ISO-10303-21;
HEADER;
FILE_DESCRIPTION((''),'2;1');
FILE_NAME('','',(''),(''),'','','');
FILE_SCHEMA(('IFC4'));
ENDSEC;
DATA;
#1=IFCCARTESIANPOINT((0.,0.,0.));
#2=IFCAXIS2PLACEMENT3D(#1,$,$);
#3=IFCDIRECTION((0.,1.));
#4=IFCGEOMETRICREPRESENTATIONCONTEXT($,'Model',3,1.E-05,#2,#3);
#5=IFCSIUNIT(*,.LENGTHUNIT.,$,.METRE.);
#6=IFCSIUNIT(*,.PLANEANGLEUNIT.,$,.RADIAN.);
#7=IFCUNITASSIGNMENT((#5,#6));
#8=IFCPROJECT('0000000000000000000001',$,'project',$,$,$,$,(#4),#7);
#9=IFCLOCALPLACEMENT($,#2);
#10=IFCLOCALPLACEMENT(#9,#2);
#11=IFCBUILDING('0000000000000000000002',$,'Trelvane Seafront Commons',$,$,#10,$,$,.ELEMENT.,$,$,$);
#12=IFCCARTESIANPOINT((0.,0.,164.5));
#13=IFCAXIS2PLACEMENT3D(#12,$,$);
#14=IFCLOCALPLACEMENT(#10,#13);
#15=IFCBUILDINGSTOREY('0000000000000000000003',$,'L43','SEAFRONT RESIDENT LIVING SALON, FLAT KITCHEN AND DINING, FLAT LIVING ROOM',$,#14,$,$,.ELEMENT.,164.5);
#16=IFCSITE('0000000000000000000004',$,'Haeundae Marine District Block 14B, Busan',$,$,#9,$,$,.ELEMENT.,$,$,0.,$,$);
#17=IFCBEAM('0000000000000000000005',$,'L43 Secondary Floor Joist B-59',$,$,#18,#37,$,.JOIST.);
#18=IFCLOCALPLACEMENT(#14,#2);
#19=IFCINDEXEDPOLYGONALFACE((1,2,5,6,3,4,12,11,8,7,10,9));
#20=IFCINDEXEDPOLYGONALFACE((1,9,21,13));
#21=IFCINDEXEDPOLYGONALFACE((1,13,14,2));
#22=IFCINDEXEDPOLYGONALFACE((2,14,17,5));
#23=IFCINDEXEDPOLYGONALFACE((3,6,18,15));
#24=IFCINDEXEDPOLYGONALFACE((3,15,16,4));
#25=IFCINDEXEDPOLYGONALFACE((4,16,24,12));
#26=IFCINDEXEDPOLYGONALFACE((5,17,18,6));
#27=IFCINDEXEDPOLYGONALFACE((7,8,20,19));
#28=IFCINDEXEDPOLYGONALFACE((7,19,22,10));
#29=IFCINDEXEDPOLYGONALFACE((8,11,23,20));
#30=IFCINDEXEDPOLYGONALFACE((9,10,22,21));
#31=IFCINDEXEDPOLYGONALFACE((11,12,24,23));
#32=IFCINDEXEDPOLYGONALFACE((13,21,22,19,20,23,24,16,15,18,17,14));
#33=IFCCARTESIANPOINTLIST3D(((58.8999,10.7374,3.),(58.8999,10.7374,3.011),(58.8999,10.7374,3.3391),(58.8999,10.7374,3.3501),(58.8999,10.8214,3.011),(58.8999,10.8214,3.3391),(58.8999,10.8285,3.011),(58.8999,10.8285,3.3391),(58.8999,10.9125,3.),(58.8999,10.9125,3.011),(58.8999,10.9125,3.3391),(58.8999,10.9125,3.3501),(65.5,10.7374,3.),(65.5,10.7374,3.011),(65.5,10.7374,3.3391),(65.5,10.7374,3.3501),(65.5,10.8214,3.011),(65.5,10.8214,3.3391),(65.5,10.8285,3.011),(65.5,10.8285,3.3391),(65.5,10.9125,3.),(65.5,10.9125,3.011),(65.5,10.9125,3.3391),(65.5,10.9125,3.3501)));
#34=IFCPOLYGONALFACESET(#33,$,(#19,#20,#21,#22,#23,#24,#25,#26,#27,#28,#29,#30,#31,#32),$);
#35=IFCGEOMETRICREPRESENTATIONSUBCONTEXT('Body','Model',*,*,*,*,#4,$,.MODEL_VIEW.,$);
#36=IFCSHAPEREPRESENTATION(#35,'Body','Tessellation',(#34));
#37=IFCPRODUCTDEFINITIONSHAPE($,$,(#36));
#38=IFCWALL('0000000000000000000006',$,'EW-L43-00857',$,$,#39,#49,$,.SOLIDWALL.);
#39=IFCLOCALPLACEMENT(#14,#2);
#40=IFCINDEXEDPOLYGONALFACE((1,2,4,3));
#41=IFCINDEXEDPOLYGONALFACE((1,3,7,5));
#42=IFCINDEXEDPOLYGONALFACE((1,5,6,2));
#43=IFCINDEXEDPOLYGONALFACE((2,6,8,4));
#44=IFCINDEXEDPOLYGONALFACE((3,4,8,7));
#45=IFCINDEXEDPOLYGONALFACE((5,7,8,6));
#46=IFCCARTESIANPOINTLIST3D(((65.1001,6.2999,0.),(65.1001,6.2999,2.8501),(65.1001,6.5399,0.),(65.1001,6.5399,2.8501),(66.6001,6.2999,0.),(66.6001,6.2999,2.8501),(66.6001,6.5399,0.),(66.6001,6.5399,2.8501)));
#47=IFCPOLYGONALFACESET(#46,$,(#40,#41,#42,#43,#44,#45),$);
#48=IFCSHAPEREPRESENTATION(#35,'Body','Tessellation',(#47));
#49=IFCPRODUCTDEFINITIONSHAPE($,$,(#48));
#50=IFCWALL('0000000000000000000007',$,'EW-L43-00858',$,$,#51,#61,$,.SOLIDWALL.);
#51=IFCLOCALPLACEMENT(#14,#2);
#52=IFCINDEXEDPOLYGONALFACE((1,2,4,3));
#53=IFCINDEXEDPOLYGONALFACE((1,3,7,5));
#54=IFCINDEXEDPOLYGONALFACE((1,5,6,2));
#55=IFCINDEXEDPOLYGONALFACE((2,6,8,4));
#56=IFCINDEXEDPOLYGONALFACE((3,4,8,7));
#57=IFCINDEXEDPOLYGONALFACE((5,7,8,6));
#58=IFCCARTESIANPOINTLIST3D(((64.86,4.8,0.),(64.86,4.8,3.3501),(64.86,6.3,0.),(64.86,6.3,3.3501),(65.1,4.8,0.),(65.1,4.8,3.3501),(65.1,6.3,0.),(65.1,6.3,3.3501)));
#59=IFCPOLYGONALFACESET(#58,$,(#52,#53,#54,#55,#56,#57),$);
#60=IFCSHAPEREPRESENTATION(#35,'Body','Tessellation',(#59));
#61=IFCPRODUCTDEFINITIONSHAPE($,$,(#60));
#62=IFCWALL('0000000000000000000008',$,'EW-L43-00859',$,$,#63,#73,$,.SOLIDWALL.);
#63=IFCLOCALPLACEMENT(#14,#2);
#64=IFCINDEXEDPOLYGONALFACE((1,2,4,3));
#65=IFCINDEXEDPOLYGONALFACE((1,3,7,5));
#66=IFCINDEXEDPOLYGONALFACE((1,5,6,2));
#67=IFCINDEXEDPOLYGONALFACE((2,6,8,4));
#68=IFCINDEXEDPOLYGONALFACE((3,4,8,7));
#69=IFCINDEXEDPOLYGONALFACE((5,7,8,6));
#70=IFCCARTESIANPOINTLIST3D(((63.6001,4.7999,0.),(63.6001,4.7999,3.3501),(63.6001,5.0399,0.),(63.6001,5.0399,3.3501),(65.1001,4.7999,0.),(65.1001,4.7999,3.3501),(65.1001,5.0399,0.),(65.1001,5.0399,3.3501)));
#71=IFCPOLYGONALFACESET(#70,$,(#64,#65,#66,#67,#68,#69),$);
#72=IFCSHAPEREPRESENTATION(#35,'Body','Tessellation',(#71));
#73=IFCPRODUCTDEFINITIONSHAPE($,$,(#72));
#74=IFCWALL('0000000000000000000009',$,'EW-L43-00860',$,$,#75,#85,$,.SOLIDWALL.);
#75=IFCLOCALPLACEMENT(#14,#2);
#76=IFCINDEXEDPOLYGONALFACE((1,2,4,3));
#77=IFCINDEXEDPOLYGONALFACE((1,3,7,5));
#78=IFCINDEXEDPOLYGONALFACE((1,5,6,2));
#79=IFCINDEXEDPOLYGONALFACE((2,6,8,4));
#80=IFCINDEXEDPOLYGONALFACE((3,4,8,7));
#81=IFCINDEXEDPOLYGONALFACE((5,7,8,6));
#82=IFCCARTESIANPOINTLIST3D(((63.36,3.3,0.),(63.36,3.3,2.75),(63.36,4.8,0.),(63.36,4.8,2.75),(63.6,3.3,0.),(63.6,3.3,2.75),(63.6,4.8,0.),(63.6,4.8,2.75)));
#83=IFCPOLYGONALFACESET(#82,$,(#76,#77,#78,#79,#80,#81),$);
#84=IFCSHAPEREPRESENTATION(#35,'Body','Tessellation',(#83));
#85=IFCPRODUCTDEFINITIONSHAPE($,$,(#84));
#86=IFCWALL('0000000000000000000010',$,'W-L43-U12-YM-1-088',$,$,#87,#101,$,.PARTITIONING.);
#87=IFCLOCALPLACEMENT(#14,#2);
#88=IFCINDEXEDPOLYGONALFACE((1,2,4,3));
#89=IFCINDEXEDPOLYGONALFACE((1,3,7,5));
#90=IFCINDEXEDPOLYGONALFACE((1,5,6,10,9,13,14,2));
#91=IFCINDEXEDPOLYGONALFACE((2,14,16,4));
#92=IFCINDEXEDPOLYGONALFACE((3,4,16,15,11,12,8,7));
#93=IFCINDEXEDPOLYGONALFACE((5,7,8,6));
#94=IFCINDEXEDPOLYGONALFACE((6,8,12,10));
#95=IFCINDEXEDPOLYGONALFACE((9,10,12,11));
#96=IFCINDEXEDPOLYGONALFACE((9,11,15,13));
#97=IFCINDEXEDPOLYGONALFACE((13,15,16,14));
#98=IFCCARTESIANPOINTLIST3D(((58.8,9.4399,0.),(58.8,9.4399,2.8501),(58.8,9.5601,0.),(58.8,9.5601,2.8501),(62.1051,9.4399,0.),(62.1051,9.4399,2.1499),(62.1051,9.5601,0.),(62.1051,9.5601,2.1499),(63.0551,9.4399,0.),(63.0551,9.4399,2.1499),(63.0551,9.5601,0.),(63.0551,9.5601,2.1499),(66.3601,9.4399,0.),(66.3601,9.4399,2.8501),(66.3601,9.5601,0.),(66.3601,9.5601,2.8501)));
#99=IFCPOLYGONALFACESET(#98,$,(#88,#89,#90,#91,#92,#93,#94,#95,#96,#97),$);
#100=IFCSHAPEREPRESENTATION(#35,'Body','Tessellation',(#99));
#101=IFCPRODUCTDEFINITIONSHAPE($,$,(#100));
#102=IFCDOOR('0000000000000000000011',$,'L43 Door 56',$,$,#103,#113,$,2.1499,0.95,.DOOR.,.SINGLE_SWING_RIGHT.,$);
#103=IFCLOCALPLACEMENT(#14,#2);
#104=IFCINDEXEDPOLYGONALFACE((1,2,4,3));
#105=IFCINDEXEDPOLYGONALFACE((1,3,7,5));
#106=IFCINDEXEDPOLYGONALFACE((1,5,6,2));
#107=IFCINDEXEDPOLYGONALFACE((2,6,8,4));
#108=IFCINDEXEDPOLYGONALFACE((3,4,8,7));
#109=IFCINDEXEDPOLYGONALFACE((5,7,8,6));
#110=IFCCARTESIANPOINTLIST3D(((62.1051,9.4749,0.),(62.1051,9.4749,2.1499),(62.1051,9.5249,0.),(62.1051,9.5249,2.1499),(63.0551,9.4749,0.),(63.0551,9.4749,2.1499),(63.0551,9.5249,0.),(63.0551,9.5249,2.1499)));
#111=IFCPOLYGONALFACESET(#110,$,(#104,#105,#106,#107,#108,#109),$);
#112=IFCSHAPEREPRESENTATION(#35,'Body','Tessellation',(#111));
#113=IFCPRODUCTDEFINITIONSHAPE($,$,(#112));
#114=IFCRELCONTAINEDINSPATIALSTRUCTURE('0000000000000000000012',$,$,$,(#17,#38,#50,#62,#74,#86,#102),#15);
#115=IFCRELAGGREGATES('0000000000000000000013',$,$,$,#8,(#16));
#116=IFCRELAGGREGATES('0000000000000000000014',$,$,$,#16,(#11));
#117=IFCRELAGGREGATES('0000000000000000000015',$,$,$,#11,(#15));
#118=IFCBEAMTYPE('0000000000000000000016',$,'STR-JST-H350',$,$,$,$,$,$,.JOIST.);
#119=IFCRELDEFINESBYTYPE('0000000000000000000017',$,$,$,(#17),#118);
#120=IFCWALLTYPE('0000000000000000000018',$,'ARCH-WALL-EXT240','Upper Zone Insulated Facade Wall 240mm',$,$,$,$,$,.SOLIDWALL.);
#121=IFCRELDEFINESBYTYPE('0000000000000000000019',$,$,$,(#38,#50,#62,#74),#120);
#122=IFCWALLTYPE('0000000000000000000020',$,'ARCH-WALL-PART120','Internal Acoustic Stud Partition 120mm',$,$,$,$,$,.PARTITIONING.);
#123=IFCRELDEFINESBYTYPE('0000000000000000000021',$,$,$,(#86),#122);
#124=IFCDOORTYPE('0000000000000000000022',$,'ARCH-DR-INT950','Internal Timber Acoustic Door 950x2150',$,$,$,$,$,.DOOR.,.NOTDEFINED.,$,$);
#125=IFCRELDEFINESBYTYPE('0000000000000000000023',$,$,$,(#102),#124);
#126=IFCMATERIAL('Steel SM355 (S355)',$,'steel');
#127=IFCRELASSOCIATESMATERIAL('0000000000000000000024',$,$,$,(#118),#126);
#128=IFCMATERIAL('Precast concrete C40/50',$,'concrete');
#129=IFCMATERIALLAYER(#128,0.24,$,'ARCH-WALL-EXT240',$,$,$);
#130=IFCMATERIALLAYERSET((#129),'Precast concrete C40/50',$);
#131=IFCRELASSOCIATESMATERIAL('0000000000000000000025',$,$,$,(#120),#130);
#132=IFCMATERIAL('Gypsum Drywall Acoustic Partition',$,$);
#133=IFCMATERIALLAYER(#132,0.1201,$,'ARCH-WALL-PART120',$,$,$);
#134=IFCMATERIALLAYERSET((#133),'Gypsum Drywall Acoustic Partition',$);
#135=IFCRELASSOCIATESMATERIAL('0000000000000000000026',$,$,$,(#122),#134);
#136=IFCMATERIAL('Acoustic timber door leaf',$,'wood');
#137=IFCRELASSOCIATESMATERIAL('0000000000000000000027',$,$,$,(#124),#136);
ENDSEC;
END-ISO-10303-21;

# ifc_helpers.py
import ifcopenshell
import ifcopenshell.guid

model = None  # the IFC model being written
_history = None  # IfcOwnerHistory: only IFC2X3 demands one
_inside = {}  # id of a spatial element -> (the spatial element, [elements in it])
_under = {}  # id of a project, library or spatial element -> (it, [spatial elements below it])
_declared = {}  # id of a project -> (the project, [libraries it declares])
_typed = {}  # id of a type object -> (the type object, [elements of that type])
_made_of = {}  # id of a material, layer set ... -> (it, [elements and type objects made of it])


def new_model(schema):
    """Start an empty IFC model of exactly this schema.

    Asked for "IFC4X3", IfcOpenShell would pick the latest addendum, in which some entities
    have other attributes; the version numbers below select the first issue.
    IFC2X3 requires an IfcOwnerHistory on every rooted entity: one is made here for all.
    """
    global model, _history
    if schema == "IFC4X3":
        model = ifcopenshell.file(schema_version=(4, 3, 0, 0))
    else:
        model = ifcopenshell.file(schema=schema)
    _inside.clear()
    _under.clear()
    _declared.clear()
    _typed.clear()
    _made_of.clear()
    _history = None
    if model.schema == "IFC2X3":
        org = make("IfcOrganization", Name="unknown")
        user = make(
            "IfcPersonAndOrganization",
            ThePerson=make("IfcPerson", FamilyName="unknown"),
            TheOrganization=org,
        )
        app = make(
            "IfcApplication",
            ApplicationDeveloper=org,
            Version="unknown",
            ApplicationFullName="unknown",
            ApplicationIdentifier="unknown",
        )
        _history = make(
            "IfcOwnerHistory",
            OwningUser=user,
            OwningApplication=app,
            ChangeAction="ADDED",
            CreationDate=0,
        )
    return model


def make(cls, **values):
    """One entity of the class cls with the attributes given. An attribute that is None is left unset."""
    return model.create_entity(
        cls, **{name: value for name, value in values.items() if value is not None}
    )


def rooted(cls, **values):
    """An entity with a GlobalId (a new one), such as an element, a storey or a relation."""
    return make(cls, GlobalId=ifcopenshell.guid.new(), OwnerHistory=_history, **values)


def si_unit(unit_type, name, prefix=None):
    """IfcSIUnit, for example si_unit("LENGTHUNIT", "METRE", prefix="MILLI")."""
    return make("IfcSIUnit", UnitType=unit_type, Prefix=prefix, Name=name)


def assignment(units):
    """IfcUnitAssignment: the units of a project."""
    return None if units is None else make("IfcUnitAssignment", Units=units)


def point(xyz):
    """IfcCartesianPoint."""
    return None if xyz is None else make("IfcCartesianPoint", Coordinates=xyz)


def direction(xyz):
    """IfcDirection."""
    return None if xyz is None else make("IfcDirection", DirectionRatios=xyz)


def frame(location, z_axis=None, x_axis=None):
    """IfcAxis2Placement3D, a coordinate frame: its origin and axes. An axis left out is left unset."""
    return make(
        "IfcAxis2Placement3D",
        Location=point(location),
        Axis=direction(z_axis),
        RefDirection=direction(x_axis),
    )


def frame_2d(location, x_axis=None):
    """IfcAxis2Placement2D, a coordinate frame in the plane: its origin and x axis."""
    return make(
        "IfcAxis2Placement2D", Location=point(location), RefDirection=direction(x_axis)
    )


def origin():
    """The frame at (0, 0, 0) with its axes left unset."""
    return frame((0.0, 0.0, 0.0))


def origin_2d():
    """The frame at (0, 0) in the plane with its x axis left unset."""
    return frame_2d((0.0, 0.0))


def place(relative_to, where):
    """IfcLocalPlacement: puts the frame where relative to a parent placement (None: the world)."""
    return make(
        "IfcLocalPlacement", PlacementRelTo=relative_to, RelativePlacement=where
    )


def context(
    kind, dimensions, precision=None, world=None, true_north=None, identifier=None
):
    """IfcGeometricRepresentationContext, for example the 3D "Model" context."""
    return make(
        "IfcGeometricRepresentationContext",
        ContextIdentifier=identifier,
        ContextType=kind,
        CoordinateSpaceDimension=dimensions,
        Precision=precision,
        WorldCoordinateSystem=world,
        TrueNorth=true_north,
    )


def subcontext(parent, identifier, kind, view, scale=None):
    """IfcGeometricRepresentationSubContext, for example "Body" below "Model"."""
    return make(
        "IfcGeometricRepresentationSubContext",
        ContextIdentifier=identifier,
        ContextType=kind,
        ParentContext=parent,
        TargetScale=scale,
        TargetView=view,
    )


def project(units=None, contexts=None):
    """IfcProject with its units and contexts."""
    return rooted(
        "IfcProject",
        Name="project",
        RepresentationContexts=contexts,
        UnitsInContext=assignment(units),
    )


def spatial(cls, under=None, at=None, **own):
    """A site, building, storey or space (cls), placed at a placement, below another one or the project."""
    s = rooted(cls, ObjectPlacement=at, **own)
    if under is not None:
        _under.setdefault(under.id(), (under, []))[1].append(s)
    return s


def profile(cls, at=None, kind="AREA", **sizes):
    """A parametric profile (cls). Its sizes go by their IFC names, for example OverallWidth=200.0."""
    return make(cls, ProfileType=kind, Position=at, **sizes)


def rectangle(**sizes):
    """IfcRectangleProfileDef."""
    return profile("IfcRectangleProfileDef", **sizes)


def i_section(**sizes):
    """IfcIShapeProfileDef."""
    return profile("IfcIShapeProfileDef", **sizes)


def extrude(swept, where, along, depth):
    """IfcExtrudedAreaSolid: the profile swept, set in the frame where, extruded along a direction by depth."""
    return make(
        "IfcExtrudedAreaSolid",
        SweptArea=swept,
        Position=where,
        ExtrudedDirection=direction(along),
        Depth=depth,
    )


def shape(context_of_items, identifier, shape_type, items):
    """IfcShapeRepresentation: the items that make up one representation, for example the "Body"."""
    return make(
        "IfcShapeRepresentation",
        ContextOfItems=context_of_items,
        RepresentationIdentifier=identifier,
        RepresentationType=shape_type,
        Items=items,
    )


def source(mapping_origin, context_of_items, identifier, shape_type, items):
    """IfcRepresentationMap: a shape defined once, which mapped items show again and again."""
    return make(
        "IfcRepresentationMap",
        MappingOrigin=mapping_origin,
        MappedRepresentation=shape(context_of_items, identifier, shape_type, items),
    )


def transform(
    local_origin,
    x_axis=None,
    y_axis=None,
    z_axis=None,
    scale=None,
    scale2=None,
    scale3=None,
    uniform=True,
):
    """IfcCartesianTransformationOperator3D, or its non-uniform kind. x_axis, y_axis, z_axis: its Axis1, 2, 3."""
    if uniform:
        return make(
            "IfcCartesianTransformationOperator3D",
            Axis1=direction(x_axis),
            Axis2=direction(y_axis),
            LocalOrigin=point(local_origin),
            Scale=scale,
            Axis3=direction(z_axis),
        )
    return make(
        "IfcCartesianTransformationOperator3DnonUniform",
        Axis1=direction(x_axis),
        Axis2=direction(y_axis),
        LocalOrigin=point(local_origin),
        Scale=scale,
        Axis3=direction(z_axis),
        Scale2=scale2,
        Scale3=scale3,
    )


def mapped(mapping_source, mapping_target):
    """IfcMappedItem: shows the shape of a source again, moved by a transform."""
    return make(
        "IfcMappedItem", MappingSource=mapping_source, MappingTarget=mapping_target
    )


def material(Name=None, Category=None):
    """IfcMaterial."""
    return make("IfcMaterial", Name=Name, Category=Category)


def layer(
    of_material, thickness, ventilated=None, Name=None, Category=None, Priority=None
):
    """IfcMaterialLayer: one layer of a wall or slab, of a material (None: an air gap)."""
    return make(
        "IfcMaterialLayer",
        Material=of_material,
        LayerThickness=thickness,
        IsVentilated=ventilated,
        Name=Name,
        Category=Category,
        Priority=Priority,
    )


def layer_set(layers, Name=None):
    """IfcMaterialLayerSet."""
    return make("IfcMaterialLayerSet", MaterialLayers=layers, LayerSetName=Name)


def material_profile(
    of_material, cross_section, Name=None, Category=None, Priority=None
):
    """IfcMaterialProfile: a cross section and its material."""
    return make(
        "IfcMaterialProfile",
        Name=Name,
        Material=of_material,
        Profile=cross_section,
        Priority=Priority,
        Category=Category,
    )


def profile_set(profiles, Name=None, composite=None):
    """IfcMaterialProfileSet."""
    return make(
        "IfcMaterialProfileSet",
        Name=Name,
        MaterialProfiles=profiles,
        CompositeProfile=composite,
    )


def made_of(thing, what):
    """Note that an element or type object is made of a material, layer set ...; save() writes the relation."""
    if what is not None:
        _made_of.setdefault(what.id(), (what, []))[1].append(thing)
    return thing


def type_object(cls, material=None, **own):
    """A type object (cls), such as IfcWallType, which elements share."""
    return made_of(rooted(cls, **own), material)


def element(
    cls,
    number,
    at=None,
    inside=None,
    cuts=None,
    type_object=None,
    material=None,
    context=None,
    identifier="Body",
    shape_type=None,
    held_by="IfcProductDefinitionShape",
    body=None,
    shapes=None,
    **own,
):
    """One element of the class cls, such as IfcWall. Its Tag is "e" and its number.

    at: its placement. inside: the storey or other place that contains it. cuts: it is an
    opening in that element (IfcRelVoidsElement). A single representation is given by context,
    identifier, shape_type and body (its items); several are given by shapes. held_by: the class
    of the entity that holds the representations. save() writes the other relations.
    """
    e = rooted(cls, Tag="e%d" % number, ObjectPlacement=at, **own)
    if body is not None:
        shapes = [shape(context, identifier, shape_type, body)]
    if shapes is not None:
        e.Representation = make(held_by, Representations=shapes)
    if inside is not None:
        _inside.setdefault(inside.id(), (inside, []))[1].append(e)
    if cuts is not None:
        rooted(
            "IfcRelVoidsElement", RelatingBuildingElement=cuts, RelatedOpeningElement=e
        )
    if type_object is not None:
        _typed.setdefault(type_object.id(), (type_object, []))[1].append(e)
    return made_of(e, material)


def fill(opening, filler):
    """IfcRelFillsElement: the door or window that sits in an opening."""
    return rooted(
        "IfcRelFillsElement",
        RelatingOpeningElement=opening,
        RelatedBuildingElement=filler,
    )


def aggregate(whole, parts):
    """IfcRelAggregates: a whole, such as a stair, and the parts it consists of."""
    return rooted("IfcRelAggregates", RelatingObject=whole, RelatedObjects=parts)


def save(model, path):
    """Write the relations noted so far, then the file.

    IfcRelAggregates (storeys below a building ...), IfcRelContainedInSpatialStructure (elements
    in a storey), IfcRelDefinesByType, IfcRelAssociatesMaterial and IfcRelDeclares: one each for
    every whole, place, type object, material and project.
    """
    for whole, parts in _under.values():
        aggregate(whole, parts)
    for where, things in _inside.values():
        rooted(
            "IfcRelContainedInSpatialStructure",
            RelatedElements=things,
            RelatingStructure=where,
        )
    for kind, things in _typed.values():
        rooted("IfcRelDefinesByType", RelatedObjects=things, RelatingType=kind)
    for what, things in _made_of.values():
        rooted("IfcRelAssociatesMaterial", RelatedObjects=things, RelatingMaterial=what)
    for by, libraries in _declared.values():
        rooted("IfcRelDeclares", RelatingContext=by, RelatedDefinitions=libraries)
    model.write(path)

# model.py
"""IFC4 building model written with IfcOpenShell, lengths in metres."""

from ifc_helpers import new_model, si_unit, direction, frame, frame_2d, origin, origin_2d, place, context, subcontext, project, spatial, rectangle, i_section, extrude, source, transform, mapped, material, layer, layer_set, material_profile, profile_set, type_object, element, fill, save


model = new_model("IFC4")

# Units and contexts
model_context = context("Model", 3, precision=1e-05, world=origin(), true_north=direction((0.0, 1.0)))
body_context = subcontext(model_context, "Body", "Model", "MODEL_VIEW")
ifc_project = project(units=[si_unit("LENGTHUNIT", "METRE"), si_unit("PLANEANGLEUNIT", "RADIAN")], contexts=[model_context])

# Site, building, storey
site_placement = place(None, origin())
site = spatial("IfcSite", under=ifc_project, at=site_placement, Name="Haeundae Marine District Block 14B, Busan", CompositionType="ELEMENT", RefElevation=0.0)
building_placement = place(site_placement, origin())
building = spatial("IfcBuilding", under=site, at=building_placement, Name="Trelvane Seafront Commons", CompositionType="ELEMENT")
storey_placement = place(building_placement, frame((0.0, 0.0, 164.5)))
storey = spatial("IfcBuildingStorey", under=building, at=storey_placement, Name="L43", Description="SEAFRONT RESIDENT LIVING SALON, FLAT KITCHEN AND DINING, FLAT LIVING ROOM", CompositionType="ELEMENT", Elevation=164.5)

# Beam
ifc_material_1 = material(Name="Steel SM355 (S355)", Category="steel")
ifc_material_profile = material_profile(ifc_material_1, i_section(OverallWidth=0.175, OverallDepth=0.3501, WebThickness=0.0071, FlangeThickness=0.011, at=origin_2d()), Name="H-350x175x7x11")
ifc_profile_set = profile_set([ifc_material_profile], Name="Steel SM355 (S355)")
beam_type = type_object("IfcBeamType", Name="STR-JST-H350", PredefinedType="JOIST", material=ifc_profile_set)
shared_shape_1 = source(origin(), body_context, "Body", "SweptSolid", [
    extrude(i_section(OverallWidth=0.175, OverallDepth=0.3501, WebThickness=0.0071, FlangeThickness=0.011, at=origin_2d()), origin(), (0.0, 0.0, 1.0), 6.6001),
])
beam_placement = place(storey_placement, frame((58.8999, 10.825, 3.175), z_axis=(1.0, 0.0, 0.0), x_axis=(0.0, 1.0, 0.0)))
element("IfcBeam", 1, at=beam_placement, inside=storey, type_object=beam_type, Name="L43 Secondary Floor Joist B-59", PredefinedType="JOIST", context=body_context, shape_type="MappedRepresentation", body=[
    mapped(shared_shape_1, transform((0.0, 0.0, 0.0), x_axis=(1.0, 0.0, 0.0), y_axis=(0.0, 1.0, 0.0), z_axis=(0.0, 0.0, 1.0), scale=1.0)),
])

# Walls
ifc_material_2 = material(Name="Precast concrete C40/50", Category="concrete")
ifc_layer_1 = layer(ifc_material_2, 0.24, Name="ARCH-WALL-EXT240")
ifc_layer_set_1 = layer_set([ifc_layer_1], Name="Precast concrete C40/50")
wall_type_1 = type_object("IfcWallType", Name="ARCH-WALL-EXT240", Description="Upper Zone Insulated Facade Wall 240mm", PredefinedType="SOLIDWALL", material=ifc_layer_set_1)
wall_1_placement = place(storey_placement, frame((66.6001, 6.4199, 0.0), z_axis=(0.0, 0.0, 1.0), x_axis=(-1.0, 0.0, 0.0)))
element("IfcWall", 2, at=wall_1_placement, inside=storey, type_object=wall_type_1, Name="EW-L43-00857", PredefinedType="SOLIDWALL", context=body_context, shape_type="SweptSolid", body=[
    extrude(rectangle(XDim=1.5, YDim=0.24, at=frame_2d((0.75, 0.0))), origin(), (0.0, 0.0, 1.0), 2.8501),
])
for number, where, z_axis, x_axis, name in (
    (3, (64.98, 6.3, 0.0), (0.0, 0.0, 1.0), (0.0, -1.0, 0.0), "EW-L43-00858"),
    (4, (65.1001, 4.9199, 0.0), (0.0, 0.0, 1.0), (-1.0, 0.0, 0.0), "EW-L43-00859"),
):
    element("IfcWall", number, at=place(storey_placement, frame(where, z_axis=z_axis, x_axis=x_axis)), inside=storey, type_object=wall_type_1, Name=name, PredefinedType="SOLIDWALL", context=body_context, shape_type="SweptSolid", body=[
        extrude(rectangle(XDim=1.5, YDim=0.24, at=frame_2d((0.75, 0.0))), origin(), (0.0, 0.0, 1.0), 3.3501),
    ])
wall_2_placement = place(storey_placement, frame((63.48, 4.8, 0.0), z_axis=(0.0, 0.0, 1.0), x_axis=(0.0, -1.0, 0.0)))
element("IfcWall", 5, at=wall_2_placement, inside=storey, type_object=wall_type_1, Name="EW-L43-00860", PredefinedType="SOLIDWALL", context=body_context, shape_type="SweptSolid", body=[
    extrude(rectangle(XDim=1.5, YDim=0.24, at=frame_2d((0.75, 0.0))), origin(), (0.0, 0.0, 1.0), 2.75),
])

# Wall, opening, door
ifc_material_3 = material(Name="Gypsum Drywall Acoustic Partition")
ifc_layer_2 = layer(ifc_material_3, 0.1201, Name="ARCH-WALL-PART120")
ifc_layer_set_2 = layer_set([ifc_layer_2], Name="Gypsum Drywall Acoustic Partition")
wall_type_2 = type_object("IfcWallType", Name="ARCH-WALL-PART120", Description="Internal Acoustic Stud Partition 120mm", PredefinedType="PARTITIONING", material=ifc_layer_set_2)
wall_3_placement = place(storey_placement, frame((58.8, 9.5, 0.0), z_axis=(0.0, 0.0, 1.0), x_axis=(1.0, 0.0, 0.0)))
wall_3 = element("IfcWall", 6, at=wall_3_placement, inside=storey, type_object=wall_type_2, Name="W-L43-U12-YM-1-088", PredefinedType="PARTITIONING", context=body_context, shape_type="SweptSolid", body=[
    extrude(rectangle(XDim=7.5601, YDim=0.1201, at=frame_2d((3.78, 0.0))), origin(), (0.0, 0.0, 1.0), 2.8501),
])
opening_placement = place(wall_3_placement, frame((3.3049, 0.0, 0.0)))
opening = element("IfcOpeningElement", 7, at=opening_placement, cuts=wall_3, PredefinedType="OPENING", context=body_context, shape_type="SweptSolid", body=[
    extrude(rectangle(XDim=0.95, YDim=2.1499, at=frame_2d((0.4751, 1.075))), frame((0.0, 0.0701, 0.0), z_axis=(0.0, -1.0, 0.0), x_axis=(1.0, 0.0, 0.0)), (0.0, 0.0, 1.0), 0.1401),
])
ifc_material_4 = material(Name="Acoustic timber door leaf", Category="wood")
door_type = type_object("IfcDoorType", Name="ARCH-DR-INT950", Description="Internal Timber Acoustic Door 950x2150", OperationType="NOTDEFINED", PredefinedType="DOOR", material=ifc_material_4)
shared_shape_2 = source(origin(), body_context, "Body", "SweptSolid", [
    extrude(rectangle(XDim=0.95, YDim=2.1499, at=frame_2d((0.4751, 1.075))), frame((0.0, 0.0249, 0.0), z_axis=(0.0, -1.0, 0.0), x_axis=(1.0, 0.0, 0.0)), (0.0, 0.0, 1.0), 0.05),
])
door_placement = place(opening_placement, origin())
door = element("IfcDoor", 8, at=door_placement, inside=storey, type_object=door_type, Name="L43 Door 56", OperationType="SINGLE_SWING_RIGHT", OverallHeight=2.1499, OverallWidth=0.95, PredefinedType="DOOR", context=body_context, shape_type="MappedRepresentation", body=[
    mapped(shared_shape_2, transform((0.0, 0.0, 0.0), x_axis=(1.0, 0.0, 0.0), y_axis=(0.0, 1.0, 0.0), z_axis=(0.0, 0.0, 1.0), scale=1.0)),
])
fill(opening, door)

save(model, "model.ifc")
